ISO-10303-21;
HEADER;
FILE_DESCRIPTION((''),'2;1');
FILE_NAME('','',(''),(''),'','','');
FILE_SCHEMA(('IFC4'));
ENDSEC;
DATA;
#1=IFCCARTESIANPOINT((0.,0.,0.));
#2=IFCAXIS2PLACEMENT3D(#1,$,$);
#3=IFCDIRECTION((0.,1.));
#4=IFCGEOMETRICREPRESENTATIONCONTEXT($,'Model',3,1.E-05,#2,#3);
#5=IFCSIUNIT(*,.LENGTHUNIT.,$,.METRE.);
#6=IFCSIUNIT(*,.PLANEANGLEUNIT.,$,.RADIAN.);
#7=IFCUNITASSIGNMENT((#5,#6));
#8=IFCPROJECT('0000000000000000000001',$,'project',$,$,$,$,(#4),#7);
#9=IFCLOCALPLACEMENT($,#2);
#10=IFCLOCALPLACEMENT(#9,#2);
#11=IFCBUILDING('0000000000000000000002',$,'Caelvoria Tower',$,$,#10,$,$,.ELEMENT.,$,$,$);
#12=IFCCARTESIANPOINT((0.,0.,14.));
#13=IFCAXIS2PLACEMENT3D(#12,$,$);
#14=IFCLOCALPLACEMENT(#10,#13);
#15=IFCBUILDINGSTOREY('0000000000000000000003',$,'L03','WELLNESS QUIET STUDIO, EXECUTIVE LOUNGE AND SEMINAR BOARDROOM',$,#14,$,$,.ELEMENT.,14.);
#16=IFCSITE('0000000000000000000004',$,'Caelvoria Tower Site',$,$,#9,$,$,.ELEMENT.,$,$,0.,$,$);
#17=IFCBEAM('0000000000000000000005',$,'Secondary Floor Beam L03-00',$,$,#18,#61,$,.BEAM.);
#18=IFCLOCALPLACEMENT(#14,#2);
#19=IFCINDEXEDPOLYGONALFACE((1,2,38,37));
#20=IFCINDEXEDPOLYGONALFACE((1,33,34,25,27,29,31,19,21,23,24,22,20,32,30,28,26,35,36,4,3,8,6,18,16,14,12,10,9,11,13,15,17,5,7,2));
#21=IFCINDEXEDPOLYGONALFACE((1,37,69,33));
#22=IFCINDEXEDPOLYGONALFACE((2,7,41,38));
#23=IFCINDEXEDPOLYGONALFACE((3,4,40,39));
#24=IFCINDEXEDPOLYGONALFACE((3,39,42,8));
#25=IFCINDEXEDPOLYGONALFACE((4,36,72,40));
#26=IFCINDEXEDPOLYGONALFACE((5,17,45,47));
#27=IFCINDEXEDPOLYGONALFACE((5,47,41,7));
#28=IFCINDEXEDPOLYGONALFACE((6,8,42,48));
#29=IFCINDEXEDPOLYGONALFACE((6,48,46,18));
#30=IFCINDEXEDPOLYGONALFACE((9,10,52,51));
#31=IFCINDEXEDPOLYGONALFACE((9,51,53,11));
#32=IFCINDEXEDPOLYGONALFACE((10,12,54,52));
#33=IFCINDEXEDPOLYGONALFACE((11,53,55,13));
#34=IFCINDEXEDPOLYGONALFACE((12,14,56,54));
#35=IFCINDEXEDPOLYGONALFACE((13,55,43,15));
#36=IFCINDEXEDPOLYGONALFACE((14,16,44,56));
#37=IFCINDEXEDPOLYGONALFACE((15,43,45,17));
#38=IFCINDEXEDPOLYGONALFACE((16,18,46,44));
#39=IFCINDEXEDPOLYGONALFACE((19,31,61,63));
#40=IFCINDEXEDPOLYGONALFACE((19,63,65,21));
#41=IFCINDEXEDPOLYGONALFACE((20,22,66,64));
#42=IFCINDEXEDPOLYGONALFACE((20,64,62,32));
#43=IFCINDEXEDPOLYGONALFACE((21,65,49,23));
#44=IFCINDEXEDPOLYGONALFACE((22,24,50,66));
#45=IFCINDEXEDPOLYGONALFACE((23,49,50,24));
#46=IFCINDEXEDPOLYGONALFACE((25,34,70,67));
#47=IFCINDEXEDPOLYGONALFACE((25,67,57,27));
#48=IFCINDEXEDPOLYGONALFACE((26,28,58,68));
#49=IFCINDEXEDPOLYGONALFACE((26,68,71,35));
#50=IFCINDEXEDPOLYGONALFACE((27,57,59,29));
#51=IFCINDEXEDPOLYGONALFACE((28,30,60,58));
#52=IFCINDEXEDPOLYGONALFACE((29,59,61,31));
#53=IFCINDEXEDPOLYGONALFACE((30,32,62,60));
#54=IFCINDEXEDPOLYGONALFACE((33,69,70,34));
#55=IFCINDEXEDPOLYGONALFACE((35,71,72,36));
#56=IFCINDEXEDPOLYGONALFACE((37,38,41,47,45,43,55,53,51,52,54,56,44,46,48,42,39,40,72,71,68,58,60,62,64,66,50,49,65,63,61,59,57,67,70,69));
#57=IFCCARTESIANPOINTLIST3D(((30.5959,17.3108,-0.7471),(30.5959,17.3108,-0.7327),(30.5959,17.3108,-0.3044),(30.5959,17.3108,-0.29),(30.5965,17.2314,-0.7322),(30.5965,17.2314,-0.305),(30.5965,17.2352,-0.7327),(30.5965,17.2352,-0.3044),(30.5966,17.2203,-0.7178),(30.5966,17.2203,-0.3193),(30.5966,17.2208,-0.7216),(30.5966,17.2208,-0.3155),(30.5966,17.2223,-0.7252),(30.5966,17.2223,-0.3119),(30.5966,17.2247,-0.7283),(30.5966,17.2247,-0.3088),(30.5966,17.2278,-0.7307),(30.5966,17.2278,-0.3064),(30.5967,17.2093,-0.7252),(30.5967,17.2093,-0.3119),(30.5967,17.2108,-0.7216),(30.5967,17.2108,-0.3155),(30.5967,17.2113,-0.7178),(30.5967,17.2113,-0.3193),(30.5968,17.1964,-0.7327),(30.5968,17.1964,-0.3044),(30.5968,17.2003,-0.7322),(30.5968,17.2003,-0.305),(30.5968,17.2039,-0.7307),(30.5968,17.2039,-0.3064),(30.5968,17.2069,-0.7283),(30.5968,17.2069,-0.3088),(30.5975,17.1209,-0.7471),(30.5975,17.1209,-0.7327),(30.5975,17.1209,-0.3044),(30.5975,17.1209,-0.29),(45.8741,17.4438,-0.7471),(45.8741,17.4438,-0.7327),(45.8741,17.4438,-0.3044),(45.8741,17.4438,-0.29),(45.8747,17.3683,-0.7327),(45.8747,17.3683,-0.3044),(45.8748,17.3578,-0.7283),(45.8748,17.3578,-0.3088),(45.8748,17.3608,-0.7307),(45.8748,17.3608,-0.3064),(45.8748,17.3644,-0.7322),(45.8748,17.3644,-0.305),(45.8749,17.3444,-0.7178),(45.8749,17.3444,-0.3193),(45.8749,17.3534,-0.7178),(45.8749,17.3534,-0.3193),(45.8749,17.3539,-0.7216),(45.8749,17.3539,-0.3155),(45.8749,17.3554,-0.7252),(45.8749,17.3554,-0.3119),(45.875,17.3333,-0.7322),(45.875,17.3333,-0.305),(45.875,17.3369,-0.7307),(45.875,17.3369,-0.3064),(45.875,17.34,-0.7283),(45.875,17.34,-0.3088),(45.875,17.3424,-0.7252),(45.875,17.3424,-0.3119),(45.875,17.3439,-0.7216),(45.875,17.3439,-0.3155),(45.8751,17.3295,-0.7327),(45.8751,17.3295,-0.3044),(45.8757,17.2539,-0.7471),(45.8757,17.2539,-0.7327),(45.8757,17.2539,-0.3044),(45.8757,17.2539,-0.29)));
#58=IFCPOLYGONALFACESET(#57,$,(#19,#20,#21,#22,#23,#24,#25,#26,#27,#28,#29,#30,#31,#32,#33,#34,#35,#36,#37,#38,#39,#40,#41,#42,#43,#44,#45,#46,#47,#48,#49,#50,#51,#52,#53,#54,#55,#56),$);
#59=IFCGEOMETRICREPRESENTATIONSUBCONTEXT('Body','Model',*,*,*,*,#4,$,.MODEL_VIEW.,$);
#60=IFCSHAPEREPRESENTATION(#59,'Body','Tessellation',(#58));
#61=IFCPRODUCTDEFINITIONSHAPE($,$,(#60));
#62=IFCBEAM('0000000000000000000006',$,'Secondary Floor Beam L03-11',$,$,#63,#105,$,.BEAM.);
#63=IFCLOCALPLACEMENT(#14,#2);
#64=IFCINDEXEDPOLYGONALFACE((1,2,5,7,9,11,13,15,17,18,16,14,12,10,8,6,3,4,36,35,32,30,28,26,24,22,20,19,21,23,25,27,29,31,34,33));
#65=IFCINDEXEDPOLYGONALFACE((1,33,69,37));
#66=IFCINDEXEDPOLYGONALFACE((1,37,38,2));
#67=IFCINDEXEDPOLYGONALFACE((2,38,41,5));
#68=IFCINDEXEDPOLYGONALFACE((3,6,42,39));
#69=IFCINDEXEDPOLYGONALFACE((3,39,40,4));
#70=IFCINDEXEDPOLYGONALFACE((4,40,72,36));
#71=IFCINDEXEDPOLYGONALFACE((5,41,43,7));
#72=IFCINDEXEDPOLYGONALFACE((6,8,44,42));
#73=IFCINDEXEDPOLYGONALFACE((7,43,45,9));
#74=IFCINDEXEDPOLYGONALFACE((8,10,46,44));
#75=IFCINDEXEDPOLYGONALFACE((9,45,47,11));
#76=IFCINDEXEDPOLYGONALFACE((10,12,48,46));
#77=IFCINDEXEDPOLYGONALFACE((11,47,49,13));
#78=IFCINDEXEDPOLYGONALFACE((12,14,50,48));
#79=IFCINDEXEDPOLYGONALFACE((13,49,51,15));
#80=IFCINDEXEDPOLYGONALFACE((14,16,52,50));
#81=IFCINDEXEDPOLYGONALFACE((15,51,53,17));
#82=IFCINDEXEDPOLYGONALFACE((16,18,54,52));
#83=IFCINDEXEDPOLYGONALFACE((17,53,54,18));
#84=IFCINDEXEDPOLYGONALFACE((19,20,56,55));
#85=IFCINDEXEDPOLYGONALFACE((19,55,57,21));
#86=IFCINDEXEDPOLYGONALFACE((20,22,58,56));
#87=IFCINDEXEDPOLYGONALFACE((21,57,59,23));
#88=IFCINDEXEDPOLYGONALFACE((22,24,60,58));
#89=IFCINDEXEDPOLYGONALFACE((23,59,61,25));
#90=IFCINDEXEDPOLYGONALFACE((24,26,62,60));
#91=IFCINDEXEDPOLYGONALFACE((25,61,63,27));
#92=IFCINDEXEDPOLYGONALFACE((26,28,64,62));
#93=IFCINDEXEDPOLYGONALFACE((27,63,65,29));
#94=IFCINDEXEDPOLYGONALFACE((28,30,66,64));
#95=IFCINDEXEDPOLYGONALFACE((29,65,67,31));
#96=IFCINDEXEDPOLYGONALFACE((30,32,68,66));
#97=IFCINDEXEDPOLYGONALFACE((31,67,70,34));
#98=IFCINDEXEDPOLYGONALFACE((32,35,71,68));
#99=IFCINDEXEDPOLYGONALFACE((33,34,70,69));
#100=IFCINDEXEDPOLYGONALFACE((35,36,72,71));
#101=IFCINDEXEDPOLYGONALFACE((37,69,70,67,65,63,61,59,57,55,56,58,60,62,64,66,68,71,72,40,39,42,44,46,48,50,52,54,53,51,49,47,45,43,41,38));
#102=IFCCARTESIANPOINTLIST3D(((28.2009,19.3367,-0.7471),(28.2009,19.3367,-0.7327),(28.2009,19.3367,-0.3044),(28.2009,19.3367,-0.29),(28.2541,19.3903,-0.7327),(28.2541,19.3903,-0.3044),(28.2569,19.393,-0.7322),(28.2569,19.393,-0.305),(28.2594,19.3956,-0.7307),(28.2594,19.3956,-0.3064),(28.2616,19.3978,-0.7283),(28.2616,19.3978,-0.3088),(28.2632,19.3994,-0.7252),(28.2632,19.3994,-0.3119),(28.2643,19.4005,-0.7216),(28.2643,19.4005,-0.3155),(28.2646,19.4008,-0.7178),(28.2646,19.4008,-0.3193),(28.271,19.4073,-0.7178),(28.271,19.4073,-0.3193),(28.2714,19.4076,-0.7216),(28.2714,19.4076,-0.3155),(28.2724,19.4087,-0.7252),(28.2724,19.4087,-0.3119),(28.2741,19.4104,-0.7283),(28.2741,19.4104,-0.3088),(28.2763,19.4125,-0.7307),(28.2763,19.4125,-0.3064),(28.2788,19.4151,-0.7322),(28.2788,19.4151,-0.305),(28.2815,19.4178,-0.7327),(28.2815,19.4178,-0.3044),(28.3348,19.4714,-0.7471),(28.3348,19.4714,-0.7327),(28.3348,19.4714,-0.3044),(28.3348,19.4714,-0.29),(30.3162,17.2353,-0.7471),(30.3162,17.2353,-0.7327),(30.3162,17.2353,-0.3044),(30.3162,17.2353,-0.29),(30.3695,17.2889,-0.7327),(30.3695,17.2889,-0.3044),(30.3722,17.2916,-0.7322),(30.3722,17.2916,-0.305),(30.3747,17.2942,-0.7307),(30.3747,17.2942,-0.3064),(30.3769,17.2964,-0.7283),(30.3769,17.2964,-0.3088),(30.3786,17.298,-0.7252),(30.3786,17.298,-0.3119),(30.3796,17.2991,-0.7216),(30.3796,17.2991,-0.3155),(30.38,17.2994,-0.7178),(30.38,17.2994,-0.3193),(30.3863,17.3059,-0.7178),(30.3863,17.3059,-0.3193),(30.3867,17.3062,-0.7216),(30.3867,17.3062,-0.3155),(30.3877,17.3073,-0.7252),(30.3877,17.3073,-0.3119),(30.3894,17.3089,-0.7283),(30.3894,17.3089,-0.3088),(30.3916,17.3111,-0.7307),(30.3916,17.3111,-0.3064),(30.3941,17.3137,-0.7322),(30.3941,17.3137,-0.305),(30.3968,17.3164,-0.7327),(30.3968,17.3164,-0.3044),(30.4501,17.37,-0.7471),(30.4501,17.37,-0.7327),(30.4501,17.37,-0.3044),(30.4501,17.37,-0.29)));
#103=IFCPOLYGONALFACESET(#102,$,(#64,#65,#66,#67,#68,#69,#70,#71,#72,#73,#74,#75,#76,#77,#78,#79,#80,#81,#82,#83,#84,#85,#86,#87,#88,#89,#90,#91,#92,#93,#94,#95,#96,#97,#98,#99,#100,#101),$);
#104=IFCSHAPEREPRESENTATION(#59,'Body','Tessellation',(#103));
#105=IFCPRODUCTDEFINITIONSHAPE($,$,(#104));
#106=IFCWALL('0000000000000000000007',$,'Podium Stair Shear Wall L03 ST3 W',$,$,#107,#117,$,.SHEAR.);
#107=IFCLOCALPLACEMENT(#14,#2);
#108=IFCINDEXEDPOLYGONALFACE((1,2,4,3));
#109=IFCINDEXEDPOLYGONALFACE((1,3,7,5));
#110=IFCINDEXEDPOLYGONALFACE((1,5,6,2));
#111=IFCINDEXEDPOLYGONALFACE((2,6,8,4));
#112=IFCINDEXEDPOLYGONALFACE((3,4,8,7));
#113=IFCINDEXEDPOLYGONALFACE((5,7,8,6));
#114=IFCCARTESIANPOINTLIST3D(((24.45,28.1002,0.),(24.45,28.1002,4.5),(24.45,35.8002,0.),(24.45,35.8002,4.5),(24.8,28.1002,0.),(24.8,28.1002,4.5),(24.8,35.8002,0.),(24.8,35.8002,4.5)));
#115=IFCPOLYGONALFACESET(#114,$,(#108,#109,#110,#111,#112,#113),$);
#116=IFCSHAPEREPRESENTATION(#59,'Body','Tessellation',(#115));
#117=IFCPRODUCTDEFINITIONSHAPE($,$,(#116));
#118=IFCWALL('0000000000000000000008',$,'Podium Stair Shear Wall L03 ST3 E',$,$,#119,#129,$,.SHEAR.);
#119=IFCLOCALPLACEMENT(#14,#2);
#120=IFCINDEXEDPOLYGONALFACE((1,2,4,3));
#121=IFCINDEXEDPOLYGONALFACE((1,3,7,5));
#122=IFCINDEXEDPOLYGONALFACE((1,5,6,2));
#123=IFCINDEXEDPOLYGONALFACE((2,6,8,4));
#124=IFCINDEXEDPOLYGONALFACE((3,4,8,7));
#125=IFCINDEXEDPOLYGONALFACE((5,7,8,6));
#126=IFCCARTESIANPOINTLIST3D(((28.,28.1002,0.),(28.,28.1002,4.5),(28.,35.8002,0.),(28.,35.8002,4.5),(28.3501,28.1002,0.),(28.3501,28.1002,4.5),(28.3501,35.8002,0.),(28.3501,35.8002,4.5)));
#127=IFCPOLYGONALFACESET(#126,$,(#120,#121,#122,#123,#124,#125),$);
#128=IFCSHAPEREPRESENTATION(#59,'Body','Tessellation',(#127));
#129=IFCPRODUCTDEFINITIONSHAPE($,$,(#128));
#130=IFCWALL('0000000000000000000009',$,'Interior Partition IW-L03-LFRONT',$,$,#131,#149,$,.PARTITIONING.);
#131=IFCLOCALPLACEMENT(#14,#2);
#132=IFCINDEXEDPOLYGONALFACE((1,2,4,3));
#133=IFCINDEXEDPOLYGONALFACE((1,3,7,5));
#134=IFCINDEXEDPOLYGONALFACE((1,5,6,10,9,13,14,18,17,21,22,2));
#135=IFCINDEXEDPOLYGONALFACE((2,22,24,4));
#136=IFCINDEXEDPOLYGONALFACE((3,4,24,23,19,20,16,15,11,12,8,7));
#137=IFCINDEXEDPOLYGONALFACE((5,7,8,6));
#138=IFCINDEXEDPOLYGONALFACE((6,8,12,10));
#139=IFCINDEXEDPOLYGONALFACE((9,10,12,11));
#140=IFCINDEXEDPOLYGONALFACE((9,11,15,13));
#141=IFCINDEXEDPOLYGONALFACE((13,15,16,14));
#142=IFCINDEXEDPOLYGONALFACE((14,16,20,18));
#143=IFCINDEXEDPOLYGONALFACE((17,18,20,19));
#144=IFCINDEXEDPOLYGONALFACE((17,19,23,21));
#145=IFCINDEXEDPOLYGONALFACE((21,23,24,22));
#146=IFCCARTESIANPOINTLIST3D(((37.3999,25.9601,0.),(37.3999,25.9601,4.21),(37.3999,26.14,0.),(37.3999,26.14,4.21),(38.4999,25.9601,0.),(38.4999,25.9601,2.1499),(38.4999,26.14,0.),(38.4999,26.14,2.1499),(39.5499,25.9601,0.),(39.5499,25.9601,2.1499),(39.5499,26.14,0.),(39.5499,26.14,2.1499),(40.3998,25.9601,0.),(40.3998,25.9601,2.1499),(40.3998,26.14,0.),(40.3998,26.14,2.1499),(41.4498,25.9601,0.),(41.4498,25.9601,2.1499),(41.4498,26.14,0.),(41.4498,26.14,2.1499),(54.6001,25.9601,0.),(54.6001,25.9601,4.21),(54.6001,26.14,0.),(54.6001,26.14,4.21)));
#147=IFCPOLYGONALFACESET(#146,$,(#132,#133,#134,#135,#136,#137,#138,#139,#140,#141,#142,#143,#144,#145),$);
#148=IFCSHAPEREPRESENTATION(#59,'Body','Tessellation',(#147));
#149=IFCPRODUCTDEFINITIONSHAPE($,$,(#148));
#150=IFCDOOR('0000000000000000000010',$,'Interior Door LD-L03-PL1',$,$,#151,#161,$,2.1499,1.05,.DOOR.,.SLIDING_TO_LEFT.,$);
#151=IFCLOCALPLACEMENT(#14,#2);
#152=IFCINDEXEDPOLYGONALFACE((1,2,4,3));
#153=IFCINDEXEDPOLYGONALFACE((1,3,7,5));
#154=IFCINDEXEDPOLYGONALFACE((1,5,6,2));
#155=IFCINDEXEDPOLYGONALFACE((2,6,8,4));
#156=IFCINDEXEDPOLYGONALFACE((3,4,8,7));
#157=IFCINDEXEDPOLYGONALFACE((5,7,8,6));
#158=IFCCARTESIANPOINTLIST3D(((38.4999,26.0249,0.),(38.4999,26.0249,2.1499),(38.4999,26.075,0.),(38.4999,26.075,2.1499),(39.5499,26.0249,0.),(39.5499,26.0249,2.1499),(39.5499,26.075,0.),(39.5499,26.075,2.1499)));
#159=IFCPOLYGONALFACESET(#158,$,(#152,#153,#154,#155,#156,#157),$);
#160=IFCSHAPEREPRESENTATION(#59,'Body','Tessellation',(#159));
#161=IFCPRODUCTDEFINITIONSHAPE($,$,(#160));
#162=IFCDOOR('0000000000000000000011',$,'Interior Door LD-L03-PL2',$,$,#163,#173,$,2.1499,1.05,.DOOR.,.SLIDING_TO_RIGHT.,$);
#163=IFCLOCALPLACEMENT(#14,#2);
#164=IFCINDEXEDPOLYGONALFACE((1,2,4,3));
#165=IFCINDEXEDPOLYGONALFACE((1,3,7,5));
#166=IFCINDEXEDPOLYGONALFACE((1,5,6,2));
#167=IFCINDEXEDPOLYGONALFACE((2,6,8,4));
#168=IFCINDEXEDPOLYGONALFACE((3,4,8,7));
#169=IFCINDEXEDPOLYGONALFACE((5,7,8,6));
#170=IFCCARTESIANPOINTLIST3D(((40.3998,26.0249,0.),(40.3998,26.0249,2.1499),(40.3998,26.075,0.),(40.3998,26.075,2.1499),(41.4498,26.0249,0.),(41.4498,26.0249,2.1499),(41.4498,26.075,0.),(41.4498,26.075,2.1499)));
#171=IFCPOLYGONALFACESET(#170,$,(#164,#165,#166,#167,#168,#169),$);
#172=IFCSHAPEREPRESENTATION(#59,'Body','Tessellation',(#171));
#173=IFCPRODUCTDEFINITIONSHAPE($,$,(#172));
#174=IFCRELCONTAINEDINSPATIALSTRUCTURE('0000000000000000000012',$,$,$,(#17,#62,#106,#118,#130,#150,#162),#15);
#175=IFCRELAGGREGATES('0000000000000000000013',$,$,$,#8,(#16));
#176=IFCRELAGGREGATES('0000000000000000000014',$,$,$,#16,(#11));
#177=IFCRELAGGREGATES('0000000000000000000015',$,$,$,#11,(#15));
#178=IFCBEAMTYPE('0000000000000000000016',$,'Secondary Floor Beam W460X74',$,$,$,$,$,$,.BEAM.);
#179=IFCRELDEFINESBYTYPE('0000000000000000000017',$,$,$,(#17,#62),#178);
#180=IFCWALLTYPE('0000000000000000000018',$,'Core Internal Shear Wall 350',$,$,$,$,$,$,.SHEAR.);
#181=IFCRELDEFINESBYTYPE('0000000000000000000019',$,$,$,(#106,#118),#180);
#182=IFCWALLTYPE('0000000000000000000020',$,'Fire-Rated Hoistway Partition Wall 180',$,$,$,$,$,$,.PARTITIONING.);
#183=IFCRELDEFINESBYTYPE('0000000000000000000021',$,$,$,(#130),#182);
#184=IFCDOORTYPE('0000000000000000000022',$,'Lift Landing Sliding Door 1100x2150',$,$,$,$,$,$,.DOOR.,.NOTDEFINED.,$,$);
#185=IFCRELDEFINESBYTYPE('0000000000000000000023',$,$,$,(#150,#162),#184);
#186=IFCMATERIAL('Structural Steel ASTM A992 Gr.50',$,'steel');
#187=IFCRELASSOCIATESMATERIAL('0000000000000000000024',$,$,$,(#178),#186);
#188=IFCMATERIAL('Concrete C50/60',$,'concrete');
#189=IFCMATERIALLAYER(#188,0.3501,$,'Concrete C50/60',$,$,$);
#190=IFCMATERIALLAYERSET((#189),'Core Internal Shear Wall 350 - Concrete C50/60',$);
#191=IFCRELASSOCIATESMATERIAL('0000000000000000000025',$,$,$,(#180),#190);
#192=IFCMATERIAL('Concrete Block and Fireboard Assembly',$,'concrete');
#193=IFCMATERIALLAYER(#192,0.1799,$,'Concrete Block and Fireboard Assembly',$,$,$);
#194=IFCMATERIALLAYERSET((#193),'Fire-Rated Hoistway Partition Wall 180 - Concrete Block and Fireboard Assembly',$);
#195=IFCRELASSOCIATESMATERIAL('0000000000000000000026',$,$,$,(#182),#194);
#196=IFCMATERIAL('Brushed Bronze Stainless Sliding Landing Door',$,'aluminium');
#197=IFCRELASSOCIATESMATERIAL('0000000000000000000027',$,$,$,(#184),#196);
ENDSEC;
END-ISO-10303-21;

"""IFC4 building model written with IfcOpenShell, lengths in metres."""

from ifc_helpers import new_model, si_unit, direction, frame, frame_2d, origin, origin_2d, place, context, subcontext, project, spatial, rectangle, i_section, extrude, material, layer, layer_set, material_profile, profile_set, type_object, element, fill, save


model = new_model("IFC4")

# Units and contexts
model_context = context("Model", 3, precision=1e-05, world=origin(), true_north=direction((0.0, 1.0)))
body_context = subcontext(model_context, "Body", "Model", "MODEL_VIEW")
ifc_project = project(units=[si_unit("LENGTHUNIT", "METRE"), si_unit("PLANEANGLEUNIT", "RADIAN")], contexts=[model_context])

# Site, building, storey
site_placement = place(None, origin())
site = spatial("IfcSite", under=ifc_project, at=site_placement, Name="Caelvoria Tower Site", CompositionType="ELEMENT", RefElevation=0.0)
building_placement = place(site_placement, origin())
building = spatial("IfcBuilding", under=site, at=building_placement, Name="Caelvoria Tower", CompositionType="ELEMENT")
storey_placement = place(building_placement, frame((0.0, 0.0, 14.0)))
storey = spatial("IfcBuildingStorey", under=building, at=storey_placement, Name="L03", Description="WELLNESS QUIET STUDIO, EXECUTIVE LOUNGE AND SEMINAR BOARDROOM", CompositionType="ELEMENT", Elevation=14.0)

# Beams
ifc_material_1 = material(Name="Structural Steel ASTM A992 Gr.50", Category="steel")
ifc_material_profile_1 = material_profile(ifc_material_1, i_section(OverallWidth=0.1899, OverallDepth=0.457, WebThickness=0.009, FlangeThickness=0.0144, FilletRadius=0.0149, at=origin_2d()), Name="Structural Steel ASTM A992 Gr.50")
ifc_profile_set_1 = profile_set([ifc_material_profile_1], Name="W460X74 - Structural Steel ASTM A992 Gr.50")
beam_type_1 = type_object("IfcBeamType", Name="Secondary Floor Beam W460X74", PredefinedType="BEAM", material=ifc_profile_set_1)
beam_1_placement = place(storey_placement, frame((30.5967, 17.2158, -0.5186), z_axis=(0.999962, 0.008709, 0.0), x_axis=(-0.008709, 0.999962, 0.0)))
element("IfcBeam", 1, at=beam_1_placement, inside=storey, type_object=beam_type_1, Name="Secondary Floor Beam L03-00", PredefinedType="BEAM", context=body_context, shape_type="SweptSolid", body=[
    extrude(i_section(OverallWidth=0.1899, OverallDepth=0.457, WebThickness=0.009, FlangeThickness=0.0144, FilletRadius=0.0149, at=origin_2d()), origin(), (0.0, 0.0, 1.0), 15.2788),
])
beam_2_placement = place(storey_placement, frame((28.2678, 19.4041, -0.5186), z_axis=(0.709437, -0.704769, 0.0), x_axis=(0.704769, 0.709437, 0.0)))
element("IfcBeam", 2, at=beam_2_placement, inside=storey, type_object=beam_type_1, Name="Secondary Floor Beam L03-11", PredefinedType="BEAM", context=body_context, shape_type="SweptSolid", body=[
    extrude(i_section(OverallWidth=0.1899, OverallDepth=0.457, WebThickness=0.009, FlangeThickness=0.0144, FilletRadius=0.0149, at=origin_2d()), origin(), (0.0, 0.0, 1.0), 2.9817),
])

# Shared definitions
ifc_material_2 = material(Name="Concrete C50/60", Category="concrete")
ifc_layer_1 = layer(ifc_material_2, 0.3501, Name="Concrete C50/60")
ifc_layer_set_1 = layer_set([ifc_layer_1], Name="Core Internal Shear Wall 350 - Concrete C50/60")
wall_type_1 = type_object("IfcWallType", Name="Core Internal Shear Wall 350", PredefinedType="SHEAR", material=ifc_layer_set_1)

# Walls
for number, where, z_axis, x_axis, name in (
    (3, (24.625, 28.1001, 0.0), (0.0, 0.0, 1.0), (0.0, 1.0, 0.0), "Podium Stair Shear Wall L03 ST3 W"),
    (4, (28.175, 28.1001, 0.0), (0.0, 0.0, 1.0), (0.0, 1.0, 0.0), "Podium Stair Shear Wall L03 ST3 E"),
):
    element("IfcWall", number, at=place(storey_placement, frame(where, z_axis=z_axis, x_axis=x_axis)), inside=storey, type_object=wall_type_1, Name=name, PredefinedType="SHEAR", context=body_context, shape_type="SweptSolid", body=[
        extrude(rectangle(XDim=7.7, YDim=0.3501, at=frame_2d((3.8501, 0.0))), origin(), (0.0, 0.0, 1.0), 4.5),
    ])

# Wall, openings, doors
ifc_material_3 = material(Name="Concrete Block and Fireboard Assembly", Category="concrete")
ifc_layer_2 = layer(ifc_material_3, 0.1799, Name="Concrete Block and Fireboard Assembly")
ifc_layer_set_2 = layer_set([ifc_layer_2], Name="Fire-Rated Hoistway Partition Wall 180 - Concrete Block and Fireboard Assembly")
wall_type_2 = type_object("IfcWallType", Name="Fire-Rated Hoistway Partition Wall 180", PredefinedType="PARTITIONING", material=ifc_layer_set_2)
wall_1_placement = place(storey_placement, frame((37.3999, 26.05, 0.0), z_axis=(0.0, 0.0, 1.0), x_axis=(1.0, 0.0, 0.0)))
wall_1 = element("IfcWall", 5, at=wall_1_placement, inside=storey, type_object=wall_type_2, Name="Interior Partition IW-L03-LFRONT", PredefinedType="PARTITIONING", context=body_context, shape_type="SweptSolid", body=[
    extrude(rectangle(XDim=17.2002, YDim=0.1799, at=frame_2d((8.6001, 0.0))), origin(), (0.0, 0.0, 1.0), 4.21),
])
opening_1_placement = place(wall_1_placement, frame((1.1001, 0.0, 0.0)))
opening_1 = element("IfcOpeningElement", 6, at=opening_1_placement, cuts=wall_1, PredefinedType="OPENING", context=body_context, shape_type="SweptSolid", body=[
    extrude(rectangle(XDim=1.05, YDim=2.1499, at=frame_2d((0.5249, 1.075))), frame((0.0, 0.0999, 0.0), z_axis=(0.0, -1.0, 0.0), x_axis=(1.0, 0.0, 0.0)), (0.0, 0.0, 1.0), 0.2),
])
opening_2_placement = place(wall_1_placement, frame((3.0, 0.0, 0.0)))
opening_2 = element("IfcOpeningElement", 7, at=opening_2_placement, cuts=wall_1, PredefinedType="OPENING", context=body_context, shape_type="SweptSolid", body=[
    extrude(rectangle(XDim=1.05, YDim=2.1499, at=frame_2d((0.5249, 1.075))), frame((0.0, 0.0999, 0.0), z_axis=(0.0, -1.0, 0.0), x_axis=(1.0, 0.0, 0.0)), (0.0, 0.0, 1.0), 0.2),
])
ifc_material_4 = material(Name="Brushed Bronze Stainless Sliding Landing Door", Category="aluminium")
door_type_1 = type_object("IfcDoorType", Name="Lift Landing Sliding Door 1100x2150", OperationType="NOTDEFINED", PredefinedType="DOOR", material=ifc_material_4)
door_1_placement = place(opening_1_placement, origin())
door_1 = element("IfcDoor", 8, at=door_1_placement, inside=storey, type_object=door_type_1, Name="Interior Door LD-L03-PL1", OperationType="SLIDING_TO_LEFT", OverallHeight=2.1499, OverallWidth=1.05, PredefinedType="DOOR", context=body_context, shape_type="SweptSolid", body=[
    extrude(rectangle(XDim=1.05, YDim=2.1499, at=frame_2d((0.5249, 1.075))), frame((0.0, 0.0249, 0.0), z_axis=(0.0, -1.0, 0.0), x_axis=(1.0, 0.0, 0.0)), (0.0, 0.0, 1.0), 0.05),
])
fill(opening_1, door_1)
door_2_placement = place(opening_2_placement, origin())
door_2 = element("IfcDoor", 9, at=door_2_placement, inside=storey, type_object=door_type_1, Name="Interior Door LD-L03-PL2", OperationType="SLIDING_TO_RIGHT", OverallHeight=2.1499, OverallWidth=1.05, PredefinedType="DOOR", context=body_context, shape_type="SweptSolid", body=[
    extrude(rectangle(XDim=1.05, YDim=2.1499, at=frame_2d((0.5249, 1.075))), frame((0.0, 0.0249, 0.0), z_axis=(0.0, -1.0, 0.0), x_axis=(1.0, 0.0, 0.0)), (0.0, 0.0, 1.0), 0.05),
])
fill(opening_2, door_2)

save(model, "model.ifc")
